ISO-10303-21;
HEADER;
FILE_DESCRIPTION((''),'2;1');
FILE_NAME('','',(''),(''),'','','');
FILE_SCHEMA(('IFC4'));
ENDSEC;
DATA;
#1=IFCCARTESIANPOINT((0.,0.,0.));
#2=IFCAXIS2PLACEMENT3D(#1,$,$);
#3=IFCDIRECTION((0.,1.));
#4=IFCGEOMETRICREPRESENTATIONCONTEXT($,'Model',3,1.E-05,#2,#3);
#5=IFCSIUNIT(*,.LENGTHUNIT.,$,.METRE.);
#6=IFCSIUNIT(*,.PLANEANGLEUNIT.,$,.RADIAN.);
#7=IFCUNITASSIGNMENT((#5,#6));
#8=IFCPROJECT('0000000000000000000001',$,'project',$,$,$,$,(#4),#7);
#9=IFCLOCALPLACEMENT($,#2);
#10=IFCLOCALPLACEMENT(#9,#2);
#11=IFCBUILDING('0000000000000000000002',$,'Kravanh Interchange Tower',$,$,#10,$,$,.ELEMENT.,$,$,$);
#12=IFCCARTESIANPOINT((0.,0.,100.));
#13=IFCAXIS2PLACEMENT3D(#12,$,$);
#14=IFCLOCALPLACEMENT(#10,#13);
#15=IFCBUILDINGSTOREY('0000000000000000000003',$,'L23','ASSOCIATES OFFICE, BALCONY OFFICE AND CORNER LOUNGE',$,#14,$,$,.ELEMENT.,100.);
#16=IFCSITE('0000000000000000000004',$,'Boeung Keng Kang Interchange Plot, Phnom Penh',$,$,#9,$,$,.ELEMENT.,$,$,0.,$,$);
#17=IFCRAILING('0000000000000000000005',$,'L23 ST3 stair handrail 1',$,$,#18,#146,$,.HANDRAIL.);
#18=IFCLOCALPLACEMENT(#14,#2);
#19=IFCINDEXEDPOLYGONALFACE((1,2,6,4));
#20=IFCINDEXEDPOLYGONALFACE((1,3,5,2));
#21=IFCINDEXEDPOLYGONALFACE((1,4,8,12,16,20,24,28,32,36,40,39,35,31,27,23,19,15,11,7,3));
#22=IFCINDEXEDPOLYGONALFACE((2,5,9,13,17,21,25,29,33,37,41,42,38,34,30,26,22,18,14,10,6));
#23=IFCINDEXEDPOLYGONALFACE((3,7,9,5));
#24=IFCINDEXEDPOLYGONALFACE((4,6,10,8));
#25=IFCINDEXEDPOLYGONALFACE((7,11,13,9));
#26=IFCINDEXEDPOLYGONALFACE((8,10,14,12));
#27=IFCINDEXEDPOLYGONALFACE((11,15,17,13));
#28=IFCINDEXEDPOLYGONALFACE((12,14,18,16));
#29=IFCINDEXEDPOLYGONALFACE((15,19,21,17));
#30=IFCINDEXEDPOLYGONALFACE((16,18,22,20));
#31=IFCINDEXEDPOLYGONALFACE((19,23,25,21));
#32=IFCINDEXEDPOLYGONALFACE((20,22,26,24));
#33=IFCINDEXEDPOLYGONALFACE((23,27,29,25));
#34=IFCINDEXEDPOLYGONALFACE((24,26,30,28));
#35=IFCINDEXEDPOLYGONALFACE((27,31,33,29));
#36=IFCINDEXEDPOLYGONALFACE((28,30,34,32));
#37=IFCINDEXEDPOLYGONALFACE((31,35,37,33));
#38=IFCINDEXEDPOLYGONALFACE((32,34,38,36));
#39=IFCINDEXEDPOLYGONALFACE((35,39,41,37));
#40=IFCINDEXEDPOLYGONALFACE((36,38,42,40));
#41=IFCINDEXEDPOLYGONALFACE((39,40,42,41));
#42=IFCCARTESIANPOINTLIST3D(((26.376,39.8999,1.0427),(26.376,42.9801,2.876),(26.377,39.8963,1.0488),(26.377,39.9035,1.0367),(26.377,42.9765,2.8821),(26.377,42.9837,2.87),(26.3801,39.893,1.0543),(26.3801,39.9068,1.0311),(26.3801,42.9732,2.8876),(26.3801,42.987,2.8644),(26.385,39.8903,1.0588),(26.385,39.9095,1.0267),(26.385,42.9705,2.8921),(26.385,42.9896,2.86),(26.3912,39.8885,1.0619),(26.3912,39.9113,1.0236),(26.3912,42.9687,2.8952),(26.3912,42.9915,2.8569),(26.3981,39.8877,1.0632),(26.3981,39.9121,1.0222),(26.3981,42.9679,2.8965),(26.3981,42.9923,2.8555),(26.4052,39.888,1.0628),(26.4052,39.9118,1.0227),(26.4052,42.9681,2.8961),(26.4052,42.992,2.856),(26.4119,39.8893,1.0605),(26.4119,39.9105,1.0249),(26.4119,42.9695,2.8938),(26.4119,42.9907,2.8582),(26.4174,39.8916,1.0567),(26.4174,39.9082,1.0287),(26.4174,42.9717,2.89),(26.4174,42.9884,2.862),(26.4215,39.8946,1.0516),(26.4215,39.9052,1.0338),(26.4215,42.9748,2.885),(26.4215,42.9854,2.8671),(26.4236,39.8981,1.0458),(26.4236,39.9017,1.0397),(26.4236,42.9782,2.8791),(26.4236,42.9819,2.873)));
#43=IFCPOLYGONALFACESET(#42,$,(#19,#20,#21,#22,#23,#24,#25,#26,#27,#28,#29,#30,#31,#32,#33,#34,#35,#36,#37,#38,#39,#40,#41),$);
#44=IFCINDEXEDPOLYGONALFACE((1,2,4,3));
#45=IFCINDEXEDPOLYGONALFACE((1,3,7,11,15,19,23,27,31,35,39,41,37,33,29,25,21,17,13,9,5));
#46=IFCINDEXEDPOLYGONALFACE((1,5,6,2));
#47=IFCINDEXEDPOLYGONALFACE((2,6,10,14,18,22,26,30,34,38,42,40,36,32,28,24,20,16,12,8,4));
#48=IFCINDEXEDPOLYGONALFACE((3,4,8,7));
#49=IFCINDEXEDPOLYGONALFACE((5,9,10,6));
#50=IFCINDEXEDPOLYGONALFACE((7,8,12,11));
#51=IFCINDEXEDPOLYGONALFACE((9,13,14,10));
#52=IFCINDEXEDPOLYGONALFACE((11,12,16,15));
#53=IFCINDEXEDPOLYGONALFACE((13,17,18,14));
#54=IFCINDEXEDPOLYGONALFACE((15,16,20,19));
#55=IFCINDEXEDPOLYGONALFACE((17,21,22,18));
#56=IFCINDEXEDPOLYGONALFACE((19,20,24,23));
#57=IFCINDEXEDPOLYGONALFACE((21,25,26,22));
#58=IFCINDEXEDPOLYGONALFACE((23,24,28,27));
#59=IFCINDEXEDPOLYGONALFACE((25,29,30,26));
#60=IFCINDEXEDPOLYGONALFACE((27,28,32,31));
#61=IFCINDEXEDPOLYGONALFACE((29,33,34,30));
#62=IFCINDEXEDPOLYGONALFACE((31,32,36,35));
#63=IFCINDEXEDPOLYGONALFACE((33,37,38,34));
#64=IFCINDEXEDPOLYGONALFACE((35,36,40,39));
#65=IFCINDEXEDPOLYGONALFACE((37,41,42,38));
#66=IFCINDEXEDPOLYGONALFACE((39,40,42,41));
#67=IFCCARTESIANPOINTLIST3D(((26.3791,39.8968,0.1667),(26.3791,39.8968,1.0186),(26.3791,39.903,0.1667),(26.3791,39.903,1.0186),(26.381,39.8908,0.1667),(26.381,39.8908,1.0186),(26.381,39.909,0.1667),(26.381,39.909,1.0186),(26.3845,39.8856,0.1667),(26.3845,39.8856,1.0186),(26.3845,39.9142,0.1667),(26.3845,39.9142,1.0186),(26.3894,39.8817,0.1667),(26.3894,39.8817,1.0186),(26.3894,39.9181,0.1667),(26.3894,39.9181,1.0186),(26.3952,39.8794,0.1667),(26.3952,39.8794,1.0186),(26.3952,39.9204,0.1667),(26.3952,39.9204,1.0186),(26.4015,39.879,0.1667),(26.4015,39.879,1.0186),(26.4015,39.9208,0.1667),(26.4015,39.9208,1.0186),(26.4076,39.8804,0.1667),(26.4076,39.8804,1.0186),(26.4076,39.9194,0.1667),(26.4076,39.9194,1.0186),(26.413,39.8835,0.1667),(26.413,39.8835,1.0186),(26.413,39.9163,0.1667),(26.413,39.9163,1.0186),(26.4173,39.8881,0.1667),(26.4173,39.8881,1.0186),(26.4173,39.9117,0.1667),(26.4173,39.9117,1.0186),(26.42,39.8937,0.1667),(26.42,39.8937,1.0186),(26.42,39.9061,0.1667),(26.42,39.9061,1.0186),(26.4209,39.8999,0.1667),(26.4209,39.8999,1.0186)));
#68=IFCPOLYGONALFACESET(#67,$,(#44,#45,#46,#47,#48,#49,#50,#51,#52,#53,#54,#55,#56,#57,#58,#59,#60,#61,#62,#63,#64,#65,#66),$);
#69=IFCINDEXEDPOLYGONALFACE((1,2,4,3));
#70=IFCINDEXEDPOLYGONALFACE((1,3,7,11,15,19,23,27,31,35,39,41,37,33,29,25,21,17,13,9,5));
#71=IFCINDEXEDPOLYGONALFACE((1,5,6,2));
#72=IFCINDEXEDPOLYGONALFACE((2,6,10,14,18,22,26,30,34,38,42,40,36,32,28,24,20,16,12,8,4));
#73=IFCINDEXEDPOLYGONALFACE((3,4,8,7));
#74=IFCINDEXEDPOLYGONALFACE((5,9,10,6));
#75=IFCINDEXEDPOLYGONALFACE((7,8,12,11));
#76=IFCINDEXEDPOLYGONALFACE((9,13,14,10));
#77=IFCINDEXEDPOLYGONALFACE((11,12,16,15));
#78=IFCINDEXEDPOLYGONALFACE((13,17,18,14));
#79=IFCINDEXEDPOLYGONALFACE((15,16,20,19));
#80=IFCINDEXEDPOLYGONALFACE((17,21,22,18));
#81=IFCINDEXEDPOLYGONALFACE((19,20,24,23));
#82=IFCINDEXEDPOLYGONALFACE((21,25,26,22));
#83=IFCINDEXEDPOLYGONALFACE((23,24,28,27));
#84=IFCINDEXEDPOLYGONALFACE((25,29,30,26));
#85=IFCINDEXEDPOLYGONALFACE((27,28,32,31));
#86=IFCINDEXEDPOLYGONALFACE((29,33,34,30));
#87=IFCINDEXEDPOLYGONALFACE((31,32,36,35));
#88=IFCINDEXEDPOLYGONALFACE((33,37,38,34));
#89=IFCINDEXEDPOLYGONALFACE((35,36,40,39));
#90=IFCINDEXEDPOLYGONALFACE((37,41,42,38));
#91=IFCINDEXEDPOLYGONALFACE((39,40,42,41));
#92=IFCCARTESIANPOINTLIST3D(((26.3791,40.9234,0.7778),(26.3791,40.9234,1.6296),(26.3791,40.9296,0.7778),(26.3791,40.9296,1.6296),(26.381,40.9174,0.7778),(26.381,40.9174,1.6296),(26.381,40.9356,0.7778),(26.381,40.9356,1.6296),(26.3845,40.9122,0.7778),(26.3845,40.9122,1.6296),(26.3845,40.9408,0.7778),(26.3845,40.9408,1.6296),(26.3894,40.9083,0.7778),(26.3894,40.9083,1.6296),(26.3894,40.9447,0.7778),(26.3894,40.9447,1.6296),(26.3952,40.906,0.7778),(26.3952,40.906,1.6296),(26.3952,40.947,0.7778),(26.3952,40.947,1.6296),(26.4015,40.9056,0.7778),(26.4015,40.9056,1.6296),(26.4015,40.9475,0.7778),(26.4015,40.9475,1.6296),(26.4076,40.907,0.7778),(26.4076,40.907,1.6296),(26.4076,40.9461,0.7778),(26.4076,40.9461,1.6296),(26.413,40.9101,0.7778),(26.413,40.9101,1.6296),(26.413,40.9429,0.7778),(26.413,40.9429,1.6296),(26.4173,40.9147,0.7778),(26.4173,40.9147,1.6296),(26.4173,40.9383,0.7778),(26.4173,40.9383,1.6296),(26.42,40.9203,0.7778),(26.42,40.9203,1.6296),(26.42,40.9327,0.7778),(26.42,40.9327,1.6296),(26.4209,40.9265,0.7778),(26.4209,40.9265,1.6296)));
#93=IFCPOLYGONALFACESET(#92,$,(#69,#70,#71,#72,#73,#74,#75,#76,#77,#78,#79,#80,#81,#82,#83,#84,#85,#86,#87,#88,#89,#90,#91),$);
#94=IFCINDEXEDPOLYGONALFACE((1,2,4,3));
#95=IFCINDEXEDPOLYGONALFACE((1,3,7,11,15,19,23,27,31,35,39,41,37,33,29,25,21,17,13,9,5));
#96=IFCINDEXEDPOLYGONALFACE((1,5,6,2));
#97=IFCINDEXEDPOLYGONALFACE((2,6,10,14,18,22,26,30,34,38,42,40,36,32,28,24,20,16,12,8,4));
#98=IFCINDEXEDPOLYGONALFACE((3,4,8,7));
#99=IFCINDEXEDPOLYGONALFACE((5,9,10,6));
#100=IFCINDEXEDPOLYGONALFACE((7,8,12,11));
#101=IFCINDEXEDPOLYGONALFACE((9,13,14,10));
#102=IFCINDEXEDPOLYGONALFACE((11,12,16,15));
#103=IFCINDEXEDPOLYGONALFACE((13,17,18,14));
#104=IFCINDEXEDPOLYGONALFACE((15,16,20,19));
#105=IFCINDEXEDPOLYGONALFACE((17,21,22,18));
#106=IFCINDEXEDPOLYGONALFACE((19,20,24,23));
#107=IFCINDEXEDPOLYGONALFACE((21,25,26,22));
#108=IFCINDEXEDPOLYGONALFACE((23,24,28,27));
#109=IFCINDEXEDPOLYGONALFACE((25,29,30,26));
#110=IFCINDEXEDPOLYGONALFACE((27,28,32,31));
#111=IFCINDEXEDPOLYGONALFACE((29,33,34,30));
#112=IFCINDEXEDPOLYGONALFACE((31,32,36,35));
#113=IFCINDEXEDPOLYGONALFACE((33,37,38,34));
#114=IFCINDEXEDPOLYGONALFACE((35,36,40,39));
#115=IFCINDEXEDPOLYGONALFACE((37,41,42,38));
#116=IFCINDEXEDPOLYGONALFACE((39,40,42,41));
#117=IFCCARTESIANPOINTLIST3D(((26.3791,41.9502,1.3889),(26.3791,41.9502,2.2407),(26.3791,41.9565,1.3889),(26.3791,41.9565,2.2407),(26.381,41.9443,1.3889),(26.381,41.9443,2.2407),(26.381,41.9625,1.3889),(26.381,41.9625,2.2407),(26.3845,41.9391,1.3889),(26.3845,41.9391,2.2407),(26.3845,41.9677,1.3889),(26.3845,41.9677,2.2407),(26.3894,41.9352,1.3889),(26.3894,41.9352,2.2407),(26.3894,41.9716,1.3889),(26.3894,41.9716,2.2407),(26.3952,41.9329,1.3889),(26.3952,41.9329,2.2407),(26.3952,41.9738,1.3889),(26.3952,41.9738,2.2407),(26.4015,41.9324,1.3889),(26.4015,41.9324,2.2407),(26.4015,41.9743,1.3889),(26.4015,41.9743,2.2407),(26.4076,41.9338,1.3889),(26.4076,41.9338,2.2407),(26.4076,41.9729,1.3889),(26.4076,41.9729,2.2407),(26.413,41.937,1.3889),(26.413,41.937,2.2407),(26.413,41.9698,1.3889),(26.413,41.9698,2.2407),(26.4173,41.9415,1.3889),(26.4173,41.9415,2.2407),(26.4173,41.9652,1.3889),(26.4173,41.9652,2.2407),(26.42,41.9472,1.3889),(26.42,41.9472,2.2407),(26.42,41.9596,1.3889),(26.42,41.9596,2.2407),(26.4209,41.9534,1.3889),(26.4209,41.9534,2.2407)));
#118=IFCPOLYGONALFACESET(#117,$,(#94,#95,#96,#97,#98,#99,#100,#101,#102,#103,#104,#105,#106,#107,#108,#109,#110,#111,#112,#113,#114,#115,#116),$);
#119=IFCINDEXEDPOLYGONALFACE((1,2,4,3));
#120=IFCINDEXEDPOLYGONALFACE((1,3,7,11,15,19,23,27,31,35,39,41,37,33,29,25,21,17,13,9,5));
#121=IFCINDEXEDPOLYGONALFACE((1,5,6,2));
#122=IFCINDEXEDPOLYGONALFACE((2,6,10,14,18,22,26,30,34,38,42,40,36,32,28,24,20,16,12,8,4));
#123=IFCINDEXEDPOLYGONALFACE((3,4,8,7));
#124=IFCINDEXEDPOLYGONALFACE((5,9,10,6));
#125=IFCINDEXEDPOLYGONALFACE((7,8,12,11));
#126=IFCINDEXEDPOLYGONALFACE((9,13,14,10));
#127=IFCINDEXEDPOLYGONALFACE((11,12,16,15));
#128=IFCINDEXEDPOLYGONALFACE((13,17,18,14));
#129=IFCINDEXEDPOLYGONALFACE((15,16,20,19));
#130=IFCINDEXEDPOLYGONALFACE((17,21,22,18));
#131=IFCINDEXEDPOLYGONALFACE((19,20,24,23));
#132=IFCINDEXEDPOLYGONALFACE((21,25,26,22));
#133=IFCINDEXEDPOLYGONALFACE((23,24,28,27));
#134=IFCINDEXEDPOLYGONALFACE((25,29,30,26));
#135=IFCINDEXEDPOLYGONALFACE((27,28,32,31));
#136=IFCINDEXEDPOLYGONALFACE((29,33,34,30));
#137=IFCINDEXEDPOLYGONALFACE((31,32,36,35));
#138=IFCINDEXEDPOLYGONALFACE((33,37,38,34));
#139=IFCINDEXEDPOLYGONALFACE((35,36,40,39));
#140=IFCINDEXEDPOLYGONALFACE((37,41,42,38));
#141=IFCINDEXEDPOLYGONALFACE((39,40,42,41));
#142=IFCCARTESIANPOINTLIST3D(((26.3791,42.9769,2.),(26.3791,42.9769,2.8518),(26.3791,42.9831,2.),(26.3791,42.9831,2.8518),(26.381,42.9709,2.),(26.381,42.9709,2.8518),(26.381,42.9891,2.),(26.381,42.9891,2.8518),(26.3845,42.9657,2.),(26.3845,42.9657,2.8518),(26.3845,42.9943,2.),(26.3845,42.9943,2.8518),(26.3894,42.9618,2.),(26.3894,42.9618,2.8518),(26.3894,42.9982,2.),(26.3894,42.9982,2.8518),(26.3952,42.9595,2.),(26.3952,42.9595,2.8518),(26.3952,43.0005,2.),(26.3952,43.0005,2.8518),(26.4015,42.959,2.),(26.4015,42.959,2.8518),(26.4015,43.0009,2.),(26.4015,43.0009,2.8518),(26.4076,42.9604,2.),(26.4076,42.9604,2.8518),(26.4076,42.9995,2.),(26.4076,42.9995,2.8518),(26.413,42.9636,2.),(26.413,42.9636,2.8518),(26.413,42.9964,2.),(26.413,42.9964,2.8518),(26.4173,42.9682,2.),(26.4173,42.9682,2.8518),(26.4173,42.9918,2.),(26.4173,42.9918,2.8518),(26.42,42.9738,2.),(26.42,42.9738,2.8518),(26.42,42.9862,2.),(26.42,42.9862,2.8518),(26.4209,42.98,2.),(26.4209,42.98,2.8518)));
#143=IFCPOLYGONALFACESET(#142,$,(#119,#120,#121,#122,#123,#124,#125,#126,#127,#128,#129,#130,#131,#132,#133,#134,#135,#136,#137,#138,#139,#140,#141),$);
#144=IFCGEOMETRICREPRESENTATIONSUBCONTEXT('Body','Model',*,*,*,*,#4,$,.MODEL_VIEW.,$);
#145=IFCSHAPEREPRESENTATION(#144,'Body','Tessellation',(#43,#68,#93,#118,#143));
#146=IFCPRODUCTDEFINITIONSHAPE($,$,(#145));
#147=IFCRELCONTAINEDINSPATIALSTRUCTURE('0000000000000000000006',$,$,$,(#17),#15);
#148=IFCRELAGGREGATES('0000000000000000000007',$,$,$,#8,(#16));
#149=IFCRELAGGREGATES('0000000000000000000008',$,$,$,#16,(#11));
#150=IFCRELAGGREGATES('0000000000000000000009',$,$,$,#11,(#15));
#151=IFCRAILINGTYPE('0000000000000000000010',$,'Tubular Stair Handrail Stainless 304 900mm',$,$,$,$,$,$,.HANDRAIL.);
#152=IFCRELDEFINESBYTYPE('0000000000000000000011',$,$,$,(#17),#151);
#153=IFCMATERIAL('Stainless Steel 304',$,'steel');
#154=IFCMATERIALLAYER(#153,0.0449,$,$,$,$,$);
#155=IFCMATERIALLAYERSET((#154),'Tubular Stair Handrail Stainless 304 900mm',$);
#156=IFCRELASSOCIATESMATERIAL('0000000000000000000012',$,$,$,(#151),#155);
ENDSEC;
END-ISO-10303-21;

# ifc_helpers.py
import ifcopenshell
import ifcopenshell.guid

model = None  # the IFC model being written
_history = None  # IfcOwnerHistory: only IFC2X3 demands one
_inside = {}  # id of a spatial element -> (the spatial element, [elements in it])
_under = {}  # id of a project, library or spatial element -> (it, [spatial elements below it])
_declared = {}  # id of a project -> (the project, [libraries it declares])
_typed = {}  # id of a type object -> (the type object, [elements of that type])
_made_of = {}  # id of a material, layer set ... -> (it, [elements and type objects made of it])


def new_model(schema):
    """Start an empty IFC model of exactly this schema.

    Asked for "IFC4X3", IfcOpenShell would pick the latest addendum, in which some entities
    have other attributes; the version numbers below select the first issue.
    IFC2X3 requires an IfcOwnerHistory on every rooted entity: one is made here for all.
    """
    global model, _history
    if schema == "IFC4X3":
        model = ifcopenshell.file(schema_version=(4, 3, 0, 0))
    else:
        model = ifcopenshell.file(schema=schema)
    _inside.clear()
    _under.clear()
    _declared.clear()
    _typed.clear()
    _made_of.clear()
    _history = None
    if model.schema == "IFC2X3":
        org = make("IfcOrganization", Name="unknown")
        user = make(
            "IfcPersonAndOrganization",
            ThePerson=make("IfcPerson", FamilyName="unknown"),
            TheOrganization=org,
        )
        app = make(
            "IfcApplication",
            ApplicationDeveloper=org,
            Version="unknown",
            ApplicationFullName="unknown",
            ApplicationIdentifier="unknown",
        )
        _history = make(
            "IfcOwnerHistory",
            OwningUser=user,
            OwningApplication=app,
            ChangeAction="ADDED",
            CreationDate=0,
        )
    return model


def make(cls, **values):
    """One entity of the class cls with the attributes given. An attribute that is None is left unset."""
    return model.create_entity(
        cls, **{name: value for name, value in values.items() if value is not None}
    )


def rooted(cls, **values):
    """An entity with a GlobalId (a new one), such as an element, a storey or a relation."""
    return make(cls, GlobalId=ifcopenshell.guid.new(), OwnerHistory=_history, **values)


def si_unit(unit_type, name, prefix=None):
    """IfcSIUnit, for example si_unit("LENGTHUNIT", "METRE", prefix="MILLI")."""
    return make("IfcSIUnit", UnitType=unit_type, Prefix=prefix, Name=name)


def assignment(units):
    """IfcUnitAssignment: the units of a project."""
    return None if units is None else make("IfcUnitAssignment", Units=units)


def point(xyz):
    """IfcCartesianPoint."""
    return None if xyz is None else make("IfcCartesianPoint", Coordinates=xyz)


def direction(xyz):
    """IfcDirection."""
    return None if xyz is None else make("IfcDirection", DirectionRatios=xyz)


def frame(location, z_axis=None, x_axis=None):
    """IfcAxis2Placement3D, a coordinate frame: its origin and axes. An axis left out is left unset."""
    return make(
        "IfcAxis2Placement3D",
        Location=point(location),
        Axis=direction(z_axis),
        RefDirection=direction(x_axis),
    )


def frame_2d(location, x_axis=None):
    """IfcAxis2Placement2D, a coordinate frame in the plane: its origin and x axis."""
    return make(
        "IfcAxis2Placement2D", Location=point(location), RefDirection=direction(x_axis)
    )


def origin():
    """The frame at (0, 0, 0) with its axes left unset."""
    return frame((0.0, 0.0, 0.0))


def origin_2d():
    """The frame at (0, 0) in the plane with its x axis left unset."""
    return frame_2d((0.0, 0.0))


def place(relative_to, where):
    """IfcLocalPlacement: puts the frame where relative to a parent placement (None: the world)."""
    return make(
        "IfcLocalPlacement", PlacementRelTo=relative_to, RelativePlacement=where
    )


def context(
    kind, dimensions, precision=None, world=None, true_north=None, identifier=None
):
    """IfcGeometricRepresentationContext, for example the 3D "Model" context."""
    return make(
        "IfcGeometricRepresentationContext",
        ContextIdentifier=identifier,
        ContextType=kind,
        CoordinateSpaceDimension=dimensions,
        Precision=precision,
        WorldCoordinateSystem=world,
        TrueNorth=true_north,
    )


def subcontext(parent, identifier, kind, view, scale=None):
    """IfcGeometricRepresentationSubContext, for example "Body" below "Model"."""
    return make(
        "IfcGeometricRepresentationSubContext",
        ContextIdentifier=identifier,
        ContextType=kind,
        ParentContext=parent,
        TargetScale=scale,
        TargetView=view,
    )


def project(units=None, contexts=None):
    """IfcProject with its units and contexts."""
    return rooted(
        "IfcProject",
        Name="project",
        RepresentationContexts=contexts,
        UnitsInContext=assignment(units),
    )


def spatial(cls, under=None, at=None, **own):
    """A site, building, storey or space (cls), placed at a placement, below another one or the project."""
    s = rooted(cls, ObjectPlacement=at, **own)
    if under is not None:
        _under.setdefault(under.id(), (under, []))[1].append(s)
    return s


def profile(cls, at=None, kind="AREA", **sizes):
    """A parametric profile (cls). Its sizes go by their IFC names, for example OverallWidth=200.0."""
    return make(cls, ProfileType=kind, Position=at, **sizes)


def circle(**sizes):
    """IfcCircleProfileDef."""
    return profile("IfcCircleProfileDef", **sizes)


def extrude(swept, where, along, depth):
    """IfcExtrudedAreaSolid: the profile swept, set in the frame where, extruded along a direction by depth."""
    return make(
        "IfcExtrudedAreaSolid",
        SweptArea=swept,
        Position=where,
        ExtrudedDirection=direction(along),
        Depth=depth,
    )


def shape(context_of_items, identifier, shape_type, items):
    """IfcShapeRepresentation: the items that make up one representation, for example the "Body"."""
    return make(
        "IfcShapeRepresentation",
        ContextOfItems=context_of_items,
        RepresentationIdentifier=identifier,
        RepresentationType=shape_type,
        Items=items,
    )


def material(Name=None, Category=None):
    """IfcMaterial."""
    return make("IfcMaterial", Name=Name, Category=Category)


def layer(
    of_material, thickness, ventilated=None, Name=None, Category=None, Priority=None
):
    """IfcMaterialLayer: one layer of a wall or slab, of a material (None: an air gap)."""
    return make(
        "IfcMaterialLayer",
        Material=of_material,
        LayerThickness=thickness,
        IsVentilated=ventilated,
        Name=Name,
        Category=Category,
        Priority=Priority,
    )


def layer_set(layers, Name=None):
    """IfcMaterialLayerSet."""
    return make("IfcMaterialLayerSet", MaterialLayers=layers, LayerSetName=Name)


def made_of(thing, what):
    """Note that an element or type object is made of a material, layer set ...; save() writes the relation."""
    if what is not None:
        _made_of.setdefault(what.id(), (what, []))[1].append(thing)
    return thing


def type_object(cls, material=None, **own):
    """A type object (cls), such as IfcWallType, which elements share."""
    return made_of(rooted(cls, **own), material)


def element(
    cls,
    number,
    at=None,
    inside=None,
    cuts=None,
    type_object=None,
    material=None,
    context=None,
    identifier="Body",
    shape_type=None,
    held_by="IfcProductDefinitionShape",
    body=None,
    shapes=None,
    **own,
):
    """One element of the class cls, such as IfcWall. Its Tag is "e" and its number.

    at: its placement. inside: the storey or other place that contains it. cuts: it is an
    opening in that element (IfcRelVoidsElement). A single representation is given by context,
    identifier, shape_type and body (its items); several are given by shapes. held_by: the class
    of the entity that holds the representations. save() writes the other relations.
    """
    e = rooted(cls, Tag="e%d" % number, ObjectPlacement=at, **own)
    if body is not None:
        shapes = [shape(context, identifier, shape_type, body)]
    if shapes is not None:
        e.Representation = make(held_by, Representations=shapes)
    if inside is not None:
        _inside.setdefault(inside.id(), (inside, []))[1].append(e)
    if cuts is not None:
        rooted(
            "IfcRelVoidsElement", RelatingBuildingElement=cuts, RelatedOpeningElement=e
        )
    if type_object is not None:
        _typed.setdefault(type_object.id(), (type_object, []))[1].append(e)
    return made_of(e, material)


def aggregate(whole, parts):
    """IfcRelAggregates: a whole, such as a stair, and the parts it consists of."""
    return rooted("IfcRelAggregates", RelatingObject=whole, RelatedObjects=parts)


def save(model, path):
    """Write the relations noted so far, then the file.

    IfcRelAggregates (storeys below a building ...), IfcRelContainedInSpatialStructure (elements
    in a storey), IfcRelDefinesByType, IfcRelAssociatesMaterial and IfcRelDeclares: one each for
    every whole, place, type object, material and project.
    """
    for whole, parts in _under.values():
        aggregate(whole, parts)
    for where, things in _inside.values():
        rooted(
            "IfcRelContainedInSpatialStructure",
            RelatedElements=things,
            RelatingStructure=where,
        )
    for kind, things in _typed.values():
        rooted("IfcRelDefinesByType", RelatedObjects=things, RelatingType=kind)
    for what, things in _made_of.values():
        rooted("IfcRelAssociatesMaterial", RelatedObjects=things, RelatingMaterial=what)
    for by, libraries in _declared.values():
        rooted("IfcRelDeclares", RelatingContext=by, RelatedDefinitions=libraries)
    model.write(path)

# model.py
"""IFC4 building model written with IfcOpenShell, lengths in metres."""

from ifc_helpers import new_model, si_unit, direction, frame, origin, origin_2d, place, context, subcontext, project, spatial, circle, extrude, material, layer, layer_set, type_object, element, save


model = new_model("IFC4")

# Units and contexts
model_context = context("Model", 3, precision=1e-05, world=origin(), true_north=direction((0.0, 1.0)))
body_context = subcontext(model_context, "Body", "Model", "MODEL_VIEW")
ifc_project = project(units=[si_unit("LENGTHUNIT", "METRE"), si_unit("PLANEANGLEUNIT", "RADIAN")], contexts=[model_context])

# Site, building, storey
site_placement = place(None, origin())
site = spatial("IfcSite", under=ifc_project, at=site_placement, Name="Boeung Keng Kang Interchange Plot, Phnom Penh", CompositionType="ELEMENT", RefElevation=0.0)
building_placement = place(site_placement, origin())
building = spatial("IfcBuilding", under=site, at=building_placement, Name="Kravanh Interchange Tower", CompositionType="ELEMENT")
storey_placement = place(building_placement, frame((0.0, 0.0, 100.0)))
storey = spatial("IfcBuildingStorey", under=building, at=storey_placement, Name="L23", Description="ASSOCIATES OFFICE, BALCONY OFFICE AND CORNER LOUNGE", CompositionType="ELEMENT", Elevation=100.0)

# Railing
ifc_material_1 = material(Name="Stainless Steel 304", Category="steel")
ifc_layer_1 = layer(ifc_material_1, 0.0449)
ifc_layer_set_1 = layer_set([ifc_layer_1], Name="Tubular Stair Handrail Stainless 304 900mm")
railing_type_1 = type_object("IfcRailingType", Name="Tubular Stair Handrail Stainless 304 900mm", PredefinedType="HANDRAIL", material=ifc_layer_set_1)
railing_1_placement = place(storey_placement, frame((26.3999, 39.8999, 0.1667)))
element("IfcRailing", 1, at=railing_1_placement, inside=storey, type_object=railing_type_1, Name="L23 ST3 stair handrail 1", PredefinedType="HANDRAIL", context=body_context, shape_type="SweptSolid", body=[
    extrude(circle(Radius=0.0239, at=origin_2d()), frame((0.0, 0.0, 0.876), z_axis=(0.0, 0.859309, 0.511458), x_axis=(-1.0, 0.0, 0.0)), (0.0, 0.0, 1.0), 3.5845),
    extrude(circle(Radius=0.021, at=origin_2d()), origin(), (0.0, 0.0, 1.0), 0.8518),
    extrude(circle(Radius=0.021, at=origin_2d()), frame((0.0, 1.0266, 0.6111)), (0.0, 0.0, 1.0), 0.8518),
    extrude(circle(Radius=0.021, at=origin_2d()), frame((0.0, 2.0535, 1.2222)), (0.0, 0.0, 1.0), 0.8518),
    extrude(circle(Radius=0.021, at=origin_2d()), frame((0.0, 3.0801, 1.8333)), (0.0, 0.0, 1.0), 0.8518),
])

save(model, "model.ifc")
